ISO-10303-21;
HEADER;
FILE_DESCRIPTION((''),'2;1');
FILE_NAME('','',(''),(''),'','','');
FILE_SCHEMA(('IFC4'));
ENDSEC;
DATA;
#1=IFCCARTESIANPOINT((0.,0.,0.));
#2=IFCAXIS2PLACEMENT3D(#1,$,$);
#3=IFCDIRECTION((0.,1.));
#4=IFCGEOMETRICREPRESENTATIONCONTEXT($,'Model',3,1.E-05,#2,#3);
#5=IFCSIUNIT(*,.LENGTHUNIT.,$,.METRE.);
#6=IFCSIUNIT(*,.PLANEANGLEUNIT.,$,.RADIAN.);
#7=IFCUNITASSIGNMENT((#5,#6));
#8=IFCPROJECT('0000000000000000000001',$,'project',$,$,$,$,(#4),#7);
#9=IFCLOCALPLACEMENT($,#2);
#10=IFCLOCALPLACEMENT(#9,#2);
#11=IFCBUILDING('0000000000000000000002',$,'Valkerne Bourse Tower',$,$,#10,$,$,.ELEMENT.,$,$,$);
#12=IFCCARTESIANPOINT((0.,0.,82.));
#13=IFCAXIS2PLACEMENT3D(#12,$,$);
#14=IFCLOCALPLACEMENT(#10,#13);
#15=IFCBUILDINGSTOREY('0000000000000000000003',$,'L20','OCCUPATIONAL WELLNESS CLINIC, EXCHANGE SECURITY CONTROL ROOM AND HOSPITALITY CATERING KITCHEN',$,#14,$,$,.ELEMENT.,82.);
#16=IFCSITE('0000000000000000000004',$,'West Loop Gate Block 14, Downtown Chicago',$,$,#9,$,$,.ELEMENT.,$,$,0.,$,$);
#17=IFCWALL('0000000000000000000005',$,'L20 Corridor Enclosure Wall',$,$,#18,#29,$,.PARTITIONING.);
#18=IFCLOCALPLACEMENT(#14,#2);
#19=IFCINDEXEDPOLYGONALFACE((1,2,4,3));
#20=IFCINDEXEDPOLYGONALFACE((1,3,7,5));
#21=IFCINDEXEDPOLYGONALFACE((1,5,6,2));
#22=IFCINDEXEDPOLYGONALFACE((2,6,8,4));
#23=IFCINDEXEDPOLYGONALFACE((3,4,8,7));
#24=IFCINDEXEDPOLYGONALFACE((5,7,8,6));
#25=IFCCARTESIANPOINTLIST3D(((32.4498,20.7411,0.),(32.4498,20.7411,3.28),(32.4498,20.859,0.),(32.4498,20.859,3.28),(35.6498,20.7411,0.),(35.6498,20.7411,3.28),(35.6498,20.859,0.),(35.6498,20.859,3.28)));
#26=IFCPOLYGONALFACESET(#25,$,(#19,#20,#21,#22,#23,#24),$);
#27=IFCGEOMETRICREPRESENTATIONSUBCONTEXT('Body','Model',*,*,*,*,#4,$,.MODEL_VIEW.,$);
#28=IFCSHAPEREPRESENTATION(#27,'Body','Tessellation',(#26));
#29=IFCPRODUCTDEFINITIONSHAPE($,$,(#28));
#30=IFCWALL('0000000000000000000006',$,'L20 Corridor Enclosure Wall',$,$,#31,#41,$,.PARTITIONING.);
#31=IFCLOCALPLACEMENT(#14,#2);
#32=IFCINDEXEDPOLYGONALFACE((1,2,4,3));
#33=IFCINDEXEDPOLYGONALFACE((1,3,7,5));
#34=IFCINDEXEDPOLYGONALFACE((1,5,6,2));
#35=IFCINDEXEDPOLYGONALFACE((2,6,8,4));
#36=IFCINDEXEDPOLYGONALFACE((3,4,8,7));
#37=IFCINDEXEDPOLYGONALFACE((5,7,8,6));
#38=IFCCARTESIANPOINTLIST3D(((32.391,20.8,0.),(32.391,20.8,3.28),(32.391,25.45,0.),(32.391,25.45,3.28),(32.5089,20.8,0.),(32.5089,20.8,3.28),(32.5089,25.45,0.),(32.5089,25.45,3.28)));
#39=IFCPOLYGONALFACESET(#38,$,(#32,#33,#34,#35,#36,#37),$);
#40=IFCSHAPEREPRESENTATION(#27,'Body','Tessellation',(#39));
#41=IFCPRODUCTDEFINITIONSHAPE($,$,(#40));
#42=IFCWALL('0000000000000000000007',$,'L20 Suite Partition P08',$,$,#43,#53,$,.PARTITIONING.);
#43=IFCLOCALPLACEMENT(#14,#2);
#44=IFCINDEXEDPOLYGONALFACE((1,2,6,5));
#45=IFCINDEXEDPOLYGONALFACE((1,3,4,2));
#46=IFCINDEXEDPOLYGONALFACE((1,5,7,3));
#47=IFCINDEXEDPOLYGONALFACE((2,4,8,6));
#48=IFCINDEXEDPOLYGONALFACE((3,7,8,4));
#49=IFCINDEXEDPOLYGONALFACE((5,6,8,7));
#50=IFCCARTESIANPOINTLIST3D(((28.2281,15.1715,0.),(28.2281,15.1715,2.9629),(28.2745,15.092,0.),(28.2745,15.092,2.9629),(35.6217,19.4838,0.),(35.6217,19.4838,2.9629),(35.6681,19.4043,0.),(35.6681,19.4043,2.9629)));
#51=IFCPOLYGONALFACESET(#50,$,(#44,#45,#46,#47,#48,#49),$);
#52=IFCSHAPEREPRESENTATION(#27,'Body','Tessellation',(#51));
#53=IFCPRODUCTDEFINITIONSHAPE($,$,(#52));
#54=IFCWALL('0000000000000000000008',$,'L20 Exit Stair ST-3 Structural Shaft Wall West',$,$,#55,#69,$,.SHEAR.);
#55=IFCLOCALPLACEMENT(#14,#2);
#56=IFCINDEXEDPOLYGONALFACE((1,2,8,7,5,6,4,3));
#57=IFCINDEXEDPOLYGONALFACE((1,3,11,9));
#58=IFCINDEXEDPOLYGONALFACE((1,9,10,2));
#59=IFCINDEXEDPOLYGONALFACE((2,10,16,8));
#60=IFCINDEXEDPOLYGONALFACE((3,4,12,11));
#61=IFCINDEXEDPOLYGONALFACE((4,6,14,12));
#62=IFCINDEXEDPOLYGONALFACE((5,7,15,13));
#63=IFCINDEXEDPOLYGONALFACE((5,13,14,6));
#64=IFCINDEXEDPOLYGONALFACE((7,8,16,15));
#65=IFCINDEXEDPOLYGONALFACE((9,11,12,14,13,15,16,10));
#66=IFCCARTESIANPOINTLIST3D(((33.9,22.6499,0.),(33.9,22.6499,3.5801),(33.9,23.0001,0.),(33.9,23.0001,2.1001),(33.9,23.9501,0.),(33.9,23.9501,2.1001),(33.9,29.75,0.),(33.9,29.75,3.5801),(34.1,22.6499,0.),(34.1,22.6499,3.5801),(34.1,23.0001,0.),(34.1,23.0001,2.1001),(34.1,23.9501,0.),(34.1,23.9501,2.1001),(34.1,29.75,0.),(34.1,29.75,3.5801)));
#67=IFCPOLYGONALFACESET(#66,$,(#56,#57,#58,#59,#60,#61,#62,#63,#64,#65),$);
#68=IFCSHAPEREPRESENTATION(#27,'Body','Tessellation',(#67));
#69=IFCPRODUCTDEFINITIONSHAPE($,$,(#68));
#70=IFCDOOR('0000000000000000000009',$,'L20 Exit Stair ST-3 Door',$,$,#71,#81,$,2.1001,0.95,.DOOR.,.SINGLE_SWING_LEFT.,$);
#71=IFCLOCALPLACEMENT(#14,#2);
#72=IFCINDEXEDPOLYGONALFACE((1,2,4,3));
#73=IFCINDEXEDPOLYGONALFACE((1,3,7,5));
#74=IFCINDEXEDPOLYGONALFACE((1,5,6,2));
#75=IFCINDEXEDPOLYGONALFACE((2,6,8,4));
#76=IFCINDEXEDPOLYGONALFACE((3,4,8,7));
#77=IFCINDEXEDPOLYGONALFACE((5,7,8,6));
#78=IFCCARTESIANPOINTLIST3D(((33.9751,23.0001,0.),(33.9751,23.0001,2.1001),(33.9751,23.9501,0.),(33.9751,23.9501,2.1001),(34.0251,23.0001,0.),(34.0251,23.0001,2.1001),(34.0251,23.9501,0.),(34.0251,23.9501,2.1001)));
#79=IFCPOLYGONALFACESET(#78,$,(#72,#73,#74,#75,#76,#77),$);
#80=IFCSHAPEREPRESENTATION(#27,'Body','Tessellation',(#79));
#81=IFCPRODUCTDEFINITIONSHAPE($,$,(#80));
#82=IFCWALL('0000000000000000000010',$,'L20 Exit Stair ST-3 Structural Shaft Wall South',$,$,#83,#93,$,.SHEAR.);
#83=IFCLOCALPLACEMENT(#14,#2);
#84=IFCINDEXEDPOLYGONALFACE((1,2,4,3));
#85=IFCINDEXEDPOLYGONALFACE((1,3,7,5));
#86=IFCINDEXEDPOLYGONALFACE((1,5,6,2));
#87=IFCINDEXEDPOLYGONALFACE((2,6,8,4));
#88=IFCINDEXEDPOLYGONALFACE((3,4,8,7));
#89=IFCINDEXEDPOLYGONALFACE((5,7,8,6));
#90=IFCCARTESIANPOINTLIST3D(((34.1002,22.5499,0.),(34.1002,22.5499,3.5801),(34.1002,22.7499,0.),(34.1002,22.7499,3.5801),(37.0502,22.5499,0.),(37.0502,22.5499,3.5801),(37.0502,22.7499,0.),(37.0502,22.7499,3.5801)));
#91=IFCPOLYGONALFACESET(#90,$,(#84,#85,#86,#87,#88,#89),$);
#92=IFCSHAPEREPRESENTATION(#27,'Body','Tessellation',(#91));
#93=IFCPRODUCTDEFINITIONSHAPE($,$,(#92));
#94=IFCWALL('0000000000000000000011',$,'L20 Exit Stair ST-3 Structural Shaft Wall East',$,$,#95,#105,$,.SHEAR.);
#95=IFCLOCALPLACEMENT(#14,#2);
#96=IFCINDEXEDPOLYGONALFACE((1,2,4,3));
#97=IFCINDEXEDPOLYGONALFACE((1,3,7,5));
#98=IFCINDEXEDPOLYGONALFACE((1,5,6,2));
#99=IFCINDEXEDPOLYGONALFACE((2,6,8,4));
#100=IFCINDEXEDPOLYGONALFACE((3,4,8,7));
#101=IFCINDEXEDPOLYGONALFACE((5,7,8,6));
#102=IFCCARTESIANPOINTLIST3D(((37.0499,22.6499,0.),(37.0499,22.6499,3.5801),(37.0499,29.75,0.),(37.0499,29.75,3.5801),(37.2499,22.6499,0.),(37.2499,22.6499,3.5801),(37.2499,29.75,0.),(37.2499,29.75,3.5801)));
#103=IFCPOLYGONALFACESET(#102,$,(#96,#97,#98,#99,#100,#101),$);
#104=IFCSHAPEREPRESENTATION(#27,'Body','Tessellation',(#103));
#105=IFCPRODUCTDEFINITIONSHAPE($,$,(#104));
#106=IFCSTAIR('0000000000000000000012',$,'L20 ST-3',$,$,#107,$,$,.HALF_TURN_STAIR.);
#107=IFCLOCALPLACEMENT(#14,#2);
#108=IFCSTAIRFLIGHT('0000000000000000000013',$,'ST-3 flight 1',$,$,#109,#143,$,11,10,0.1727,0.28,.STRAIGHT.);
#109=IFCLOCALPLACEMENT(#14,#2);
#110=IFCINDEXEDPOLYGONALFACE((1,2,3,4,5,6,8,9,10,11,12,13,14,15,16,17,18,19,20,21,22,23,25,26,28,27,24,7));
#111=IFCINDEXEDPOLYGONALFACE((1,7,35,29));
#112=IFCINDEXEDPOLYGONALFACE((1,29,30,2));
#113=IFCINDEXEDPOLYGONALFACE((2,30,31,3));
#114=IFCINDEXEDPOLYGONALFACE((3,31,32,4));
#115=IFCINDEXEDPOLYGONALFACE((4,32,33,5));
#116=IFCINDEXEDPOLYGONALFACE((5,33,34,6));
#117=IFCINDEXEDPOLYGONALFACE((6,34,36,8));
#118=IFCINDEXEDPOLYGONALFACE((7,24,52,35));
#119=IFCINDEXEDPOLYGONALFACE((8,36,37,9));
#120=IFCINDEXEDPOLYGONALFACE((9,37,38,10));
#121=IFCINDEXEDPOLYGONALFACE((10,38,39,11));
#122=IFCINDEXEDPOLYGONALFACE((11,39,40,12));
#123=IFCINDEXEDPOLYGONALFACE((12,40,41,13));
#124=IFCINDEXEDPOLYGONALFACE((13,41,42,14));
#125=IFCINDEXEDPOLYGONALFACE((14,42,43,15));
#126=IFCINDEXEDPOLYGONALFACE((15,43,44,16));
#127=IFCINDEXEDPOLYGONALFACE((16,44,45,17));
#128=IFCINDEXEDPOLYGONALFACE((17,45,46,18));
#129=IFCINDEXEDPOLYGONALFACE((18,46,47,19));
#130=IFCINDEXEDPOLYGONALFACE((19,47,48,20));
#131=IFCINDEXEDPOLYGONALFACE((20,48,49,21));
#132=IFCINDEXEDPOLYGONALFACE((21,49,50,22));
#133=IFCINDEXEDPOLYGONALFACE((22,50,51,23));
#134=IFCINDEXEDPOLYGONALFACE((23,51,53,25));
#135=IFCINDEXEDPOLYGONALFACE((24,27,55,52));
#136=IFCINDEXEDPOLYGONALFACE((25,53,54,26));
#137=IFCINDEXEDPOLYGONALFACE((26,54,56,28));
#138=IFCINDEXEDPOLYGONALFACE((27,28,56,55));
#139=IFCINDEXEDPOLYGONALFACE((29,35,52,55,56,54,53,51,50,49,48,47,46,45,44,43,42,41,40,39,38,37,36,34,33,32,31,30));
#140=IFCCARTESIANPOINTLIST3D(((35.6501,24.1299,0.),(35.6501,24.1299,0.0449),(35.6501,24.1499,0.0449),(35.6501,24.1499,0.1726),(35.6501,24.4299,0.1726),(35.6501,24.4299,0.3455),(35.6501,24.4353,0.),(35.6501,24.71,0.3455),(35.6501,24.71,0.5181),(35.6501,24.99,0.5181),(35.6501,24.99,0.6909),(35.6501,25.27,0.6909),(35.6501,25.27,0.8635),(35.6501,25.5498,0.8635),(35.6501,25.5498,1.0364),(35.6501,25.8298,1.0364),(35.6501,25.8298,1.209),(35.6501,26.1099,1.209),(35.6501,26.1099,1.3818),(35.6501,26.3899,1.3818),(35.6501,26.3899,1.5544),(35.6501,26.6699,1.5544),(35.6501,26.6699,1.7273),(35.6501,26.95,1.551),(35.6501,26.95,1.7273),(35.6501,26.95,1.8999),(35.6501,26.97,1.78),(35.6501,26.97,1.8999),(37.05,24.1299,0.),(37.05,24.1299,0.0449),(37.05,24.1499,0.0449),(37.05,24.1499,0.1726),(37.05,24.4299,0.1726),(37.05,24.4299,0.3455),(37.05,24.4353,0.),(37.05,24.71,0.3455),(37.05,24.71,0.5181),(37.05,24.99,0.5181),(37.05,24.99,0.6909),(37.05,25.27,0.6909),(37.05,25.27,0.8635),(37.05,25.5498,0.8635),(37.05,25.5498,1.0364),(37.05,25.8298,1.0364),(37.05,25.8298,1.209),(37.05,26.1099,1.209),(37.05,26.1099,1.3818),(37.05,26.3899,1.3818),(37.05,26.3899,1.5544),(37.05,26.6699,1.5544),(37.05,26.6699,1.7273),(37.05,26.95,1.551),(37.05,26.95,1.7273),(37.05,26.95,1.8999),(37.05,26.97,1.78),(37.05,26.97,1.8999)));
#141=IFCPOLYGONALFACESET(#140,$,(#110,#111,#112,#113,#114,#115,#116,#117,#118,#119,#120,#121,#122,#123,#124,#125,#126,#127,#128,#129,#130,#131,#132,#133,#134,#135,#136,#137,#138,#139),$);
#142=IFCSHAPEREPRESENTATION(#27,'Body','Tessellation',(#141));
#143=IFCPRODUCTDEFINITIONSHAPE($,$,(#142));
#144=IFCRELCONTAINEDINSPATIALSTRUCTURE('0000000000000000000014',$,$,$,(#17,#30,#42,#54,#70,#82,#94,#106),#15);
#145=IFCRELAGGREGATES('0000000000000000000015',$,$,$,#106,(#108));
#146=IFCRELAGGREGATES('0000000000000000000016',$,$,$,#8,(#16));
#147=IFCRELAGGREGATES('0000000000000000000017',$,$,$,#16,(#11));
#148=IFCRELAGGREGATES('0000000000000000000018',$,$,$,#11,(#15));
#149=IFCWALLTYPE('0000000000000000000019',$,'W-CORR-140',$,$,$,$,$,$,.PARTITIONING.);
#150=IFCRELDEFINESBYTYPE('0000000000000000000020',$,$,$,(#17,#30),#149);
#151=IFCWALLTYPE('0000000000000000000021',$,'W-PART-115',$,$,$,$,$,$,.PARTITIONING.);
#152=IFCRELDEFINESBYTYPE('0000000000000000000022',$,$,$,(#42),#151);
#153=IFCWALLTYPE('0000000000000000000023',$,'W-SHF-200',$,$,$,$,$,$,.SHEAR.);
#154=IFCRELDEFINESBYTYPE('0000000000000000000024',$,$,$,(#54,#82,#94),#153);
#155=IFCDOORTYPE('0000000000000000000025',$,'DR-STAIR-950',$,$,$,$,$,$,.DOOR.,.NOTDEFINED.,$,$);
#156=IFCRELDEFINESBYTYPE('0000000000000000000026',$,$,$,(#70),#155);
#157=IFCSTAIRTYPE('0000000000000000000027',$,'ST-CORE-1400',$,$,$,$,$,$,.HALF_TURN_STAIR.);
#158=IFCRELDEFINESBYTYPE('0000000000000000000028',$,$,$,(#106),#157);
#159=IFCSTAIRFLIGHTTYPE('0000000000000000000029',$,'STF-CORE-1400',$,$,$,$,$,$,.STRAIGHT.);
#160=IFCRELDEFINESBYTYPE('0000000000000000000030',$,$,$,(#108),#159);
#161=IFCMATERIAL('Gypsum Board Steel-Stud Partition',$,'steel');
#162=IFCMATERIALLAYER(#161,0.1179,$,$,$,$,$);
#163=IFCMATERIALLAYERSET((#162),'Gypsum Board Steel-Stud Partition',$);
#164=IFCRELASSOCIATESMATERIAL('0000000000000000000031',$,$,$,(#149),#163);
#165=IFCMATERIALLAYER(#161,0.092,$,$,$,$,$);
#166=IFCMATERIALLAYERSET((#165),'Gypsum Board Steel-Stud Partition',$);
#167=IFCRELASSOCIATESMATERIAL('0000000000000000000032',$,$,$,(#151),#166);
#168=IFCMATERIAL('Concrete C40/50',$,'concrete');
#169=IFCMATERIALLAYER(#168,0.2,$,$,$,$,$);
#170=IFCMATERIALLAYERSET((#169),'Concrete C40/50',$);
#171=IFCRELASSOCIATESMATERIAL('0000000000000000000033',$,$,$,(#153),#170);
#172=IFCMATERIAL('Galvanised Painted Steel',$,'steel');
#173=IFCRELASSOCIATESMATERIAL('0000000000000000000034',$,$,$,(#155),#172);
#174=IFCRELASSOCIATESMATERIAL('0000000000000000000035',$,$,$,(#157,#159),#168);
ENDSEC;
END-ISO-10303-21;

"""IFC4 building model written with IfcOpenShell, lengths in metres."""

from ifc_helpers import new_model, si_unit, direction, frame, frame_2d, origin, place, context, subcontext, project, spatial, polyline, rectangle, outline, extrude, material, layer, layer_set, type_object, element, fill, aggregate, save


model = new_model("IFC4")

# Units and contexts
model_context = context("Model", 3, precision=1e-05, world=origin(), true_north=direction((0.0, 1.0)))
body_context = subcontext(model_context, "Body", "Model", "MODEL_VIEW")
ifc_project = project(units=[si_unit("LENGTHUNIT", "METRE"), si_unit("PLANEANGLEUNIT", "RADIAN")], contexts=[model_context])

# Site, building, storey
site_placement = place(None, origin())
site = spatial("IfcSite", under=ifc_project, at=site_placement, Name="West Loop Gate Block 14, Downtown Chicago", CompositionType="ELEMENT", RefElevation=0.0)
building_placement = place(site_placement, origin())
building = spatial("IfcBuilding", under=site, at=building_placement, Name="Valkerne Bourse Tower", CompositionType="ELEMENT")
storey_placement = place(building_placement, frame((0.0, 0.0, 82.0)))
storey = spatial("IfcBuildingStorey", under=building, at=storey_placement, Name="L20", Description="OCCUPATIONAL WELLNESS CLINIC, EXCHANGE SECURITY CONTROL ROOM AND HOSPITALITY CATERING KITCHEN", CompositionType="ELEMENT", Elevation=82.0)

# Walls
ifc_material_1 = material(Name="Gypsum Board Steel-Stud Partition", Category="steel")
ifc_layer_1 = layer(ifc_material_1, 0.1179)
ifc_layer_set_1 = layer_set([ifc_layer_1], Name="Gypsum Board Steel-Stud Partition")
wall_type_1 = type_object("IfcWallType", Name="W-CORR-140", PredefinedType="PARTITIONING", material=ifc_layer_set_1)
wall_1_placement = place(storey_placement, frame((35.6499, 20.8, 0.0), z_axis=(0.0, 0.0, 1.0), x_axis=(-1.0, 0.0, 0.0)))
element("IfcWall", 1, at=wall_1_placement, inside=storey, type_object=wall_type_1, Name="L20 Corridor Enclosure Wall", PredefinedType="PARTITIONING", context=body_context, shape_type="SweptSolid", body=[
    extrude(rectangle(XDim=3.2, YDim=0.1179, at=frame_2d((1.6001, 0.0))), origin(), (0.0, 0.0, 1.0), 3.28),
])
wall_2_placement = place(storey_placement, frame((32.45, 20.8, 0.0), z_axis=(0.0, 0.0, 1.0), x_axis=(0.0, 1.0, 0.0)))
element("IfcWall", 2, at=wall_2_placement, inside=storey, type_object=wall_type_1, Name="L20 Corridor Enclosure Wall", PredefinedType="PARTITIONING", context=body_context, shape_type="SweptSolid", body=[
    extrude(rectangle(XDim=4.6499, YDim=0.1179, at=frame_2d((2.325, 0.0))), origin(), (0.0, 0.0, 1.0), 3.28),
])
ifc_layer_2 = layer(ifc_material_1, 0.092)
ifc_layer_set_2 = layer_set([ifc_layer_2], Name="Gypsum Board Steel-Stud Partition")
wall_type_2 = type_object("IfcWallType", Name="W-PART-115", PredefinedType="PARTITIONING", material=ifc_layer_set_2)
wall_3_placement = place(storey_placement, frame((35.645, 19.4441, 0.0), z_axis=(0.0, 0.0, 1.0), x_axis=(-0.863812, -0.503814, 0.0)))
element("IfcWall", 3, at=wall_3_placement, inside=storey, type_object=wall_type_2, Name="L20 Suite Partition P08", PredefinedType="PARTITIONING", context=body_context, shape_type="SweptSolid", body=[
    extrude(rectangle(XDim=8.5593, YDim=0.092, at=frame_2d((4.2798, 0.0))), origin(), (0.0, 0.0, 1.0), 2.9629),
])

# Wall, opening, door
ifc_material_2 = material(Name="Concrete C40/50", Category="concrete")
ifc_layer_3 = layer(ifc_material_2, 0.2)
ifc_layer_set_3 = layer_set([ifc_layer_3], Name="Concrete C40/50")
wall_type_3 = type_object("IfcWallType", Name="W-SHF-200", PredefinedType="SHEAR", material=ifc_layer_set_3)
wall_4_placement = place(storey_placement, frame((34.0, 22.6499, 0.0), z_axis=(0.0, 0.0, 1.0), x_axis=(0.0, 1.0, 0.0)))
wall_4 = element("IfcWall", 4, at=wall_4_placement, inside=storey, type_object=wall_type_3, Name="L20 Exit Stair ST-3 Structural Shaft Wall West", PredefinedType="SHEAR", context=body_context, shape_type="SweptSolid", body=[
    extrude(rectangle(XDim=7.1001, YDim=0.2, at=frame_2d((3.55, 0.0))), origin(), (0.0, 0.0, 1.0), 3.5801),
])
opening_placement = place(wall_4_placement, frame((0.3501, 0.0, 0.0)))
opening = element("IfcOpeningElement", 5, at=opening_placement, cuts=wall_4, PredefinedType="OPENING", context=body_context, shape_type="SweptSolid", body=[
    extrude(rectangle(XDim=0.95, YDim=2.1001, at=frame_2d((0.4751, 1.05))), frame((0.0, 0.1099, 0.0), z_axis=(0.0, -1.0, 0.0), x_axis=(1.0, 0.0, 0.0)), (0.0, 0.0, 1.0), 0.22),
])
ifc_material_3 = material(Name="Galvanised Painted Steel", Category="steel")
door_type = type_object("IfcDoorType", Name="DR-STAIR-950", OperationType="NOTDEFINED", PredefinedType="DOOR", material=ifc_material_3)
door_placement = place(opening_placement, origin())
door = element("IfcDoor", 6, at=door_placement, inside=storey, type_object=door_type, Name="L20 Exit Stair ST-3 Door", OperationType="SINGLE_SWING_LEFT", OverallHeight=2.1001, OverallWidth=0.95, PredefinedType="DOOR", context=body_context, shape_type="SweptSolid", body=[
    extrude(rectangle(XDim=0.95, YDim=2.1001, at=frame_2d((0.4751, 1.05))), frame((0.0, 0.0249, 0.0), z_axis=(0.0, -1.0, 0.0), x_axis=(1.0, 0.0, 0.0)), (0.0, 0.0, 1.0), 0.05),
])
fill(opening, door)

# Walls
wall_5_placement = place(storey_placement, frame((34.1001, 22.6499, 0.0), z_axis=(0.0, 0.0, 1.0), x_axis=(1.0, 0.0, 0.0)))
element("IfcWall", 7, at=wall_5_placement, inside=storey, type_object=wall_type_3, Name="L20 Exit Stair ST-3 Structural Shaft Wall South", PredefinedType="SHEAR", context=body_context, shape_type="SweptSolid", body=[
    extrude(rectangle(XDim=2.95, YDim=0.2, at=frame_2d((1.4751, 0.0))), origin(), (0.0, 0.0, 1.0), 3.5801),
])
wall_6_placement = place(storey_placement, frame((37.1499, 22.6499, 0.0), z_axis=(0.0, 0.0, 1.0), x_axis=(0.0, 1.0, 0.0)))
element("IfcWall", 8, at=wall_6_placement, inside=storey, type_object=wall_type_3, Name="L20 Exit Stair ST-3 Structural Shaft Wall East", PredefinedType="SHEAR", context=body_context, shape_type="SweptSolid", body=[
    extrude(rectangle(XDim=7.1001, YDim=0.2, at=frame_2d((3.55, 0.0))), origin(), (0.0, 0.0, 1.0), 3.5801),
])

# Stair, stair flight
stair_type = type_object("IfcStairType", Name="ST-CORE-1400", PredefinedType="HALF_TURN_STAIR", material=ifc_material_2)
stair_placement = place(storey_placement, origin())
stair = element("IfcStair", 9, at=stair_placement, inside=storey, type_object=stair_type, Name="L20 ST-3", PredefinedType="HALF_TURN_STAIR")
stair_flight_type = type_object("IfcStairFlightType", Name="STF-CORE-1400", PredefinedType="STRAIGHT", material=ifc_material_2)
stair_flight_placement = place(storey_placement, frame((36.3501, 24.1499, 0.0), z_axis=(0.0, 0.0, 1.0), x_axis=(0.0, 1.0, 0.0)))
stair_flight = element("IfcStairFlight", 10, at=stair_flight_placement, type_object=stair_flight_type, Name="ST-3 flight 1", NumberOfRisers=11, NumberOfTreads=10, PredefinedType="STRAIGHT", RiserHeight=0.1727, TreadLength=0.28, context=body_context, shape_type="SweptSolid", body=[
    extrude(outline(polyline([(-0.02, 0.0), (-0.02, 0.0449), (0.0, 0.0449), (0.0, 0.1726), (0.28, 0.1726), (0.28, 0.3455), (0.5601, 0.3455), (0.5601, 0.5181), (0.8401, 0.5181), (0.8401, 0.6909), (1.1201, 0.6909), (1.1201, 0.8635), (1.3999, 0.8635), (1.3999, 1.0364), (1.6799, 1.0364), (1.6799, 1.209), (1.96, 1.209), (1.96, 1.3818), (2.24, 1.3818), (2.24, 1.5544), (2.52, 1.5544), (2.52, 1.7273), (2.8, 1.7273), (2.8, 1.8999), (2.8201, 1.8999), (2.8201, 1.78), (2.8, 1.551), (0.2854, 0.0), (-0.02, 0.0)])), frame((0.0, 0.7, 0.0), z_axis=(0.0, -1.0, 0.0), x_axis=(1.0, 0.0, 0.0)), (0.0, 0.0, 1.0), 1.3999),
])
aggregate(stair, [stair_flight])

save(model, "model.ifc")
